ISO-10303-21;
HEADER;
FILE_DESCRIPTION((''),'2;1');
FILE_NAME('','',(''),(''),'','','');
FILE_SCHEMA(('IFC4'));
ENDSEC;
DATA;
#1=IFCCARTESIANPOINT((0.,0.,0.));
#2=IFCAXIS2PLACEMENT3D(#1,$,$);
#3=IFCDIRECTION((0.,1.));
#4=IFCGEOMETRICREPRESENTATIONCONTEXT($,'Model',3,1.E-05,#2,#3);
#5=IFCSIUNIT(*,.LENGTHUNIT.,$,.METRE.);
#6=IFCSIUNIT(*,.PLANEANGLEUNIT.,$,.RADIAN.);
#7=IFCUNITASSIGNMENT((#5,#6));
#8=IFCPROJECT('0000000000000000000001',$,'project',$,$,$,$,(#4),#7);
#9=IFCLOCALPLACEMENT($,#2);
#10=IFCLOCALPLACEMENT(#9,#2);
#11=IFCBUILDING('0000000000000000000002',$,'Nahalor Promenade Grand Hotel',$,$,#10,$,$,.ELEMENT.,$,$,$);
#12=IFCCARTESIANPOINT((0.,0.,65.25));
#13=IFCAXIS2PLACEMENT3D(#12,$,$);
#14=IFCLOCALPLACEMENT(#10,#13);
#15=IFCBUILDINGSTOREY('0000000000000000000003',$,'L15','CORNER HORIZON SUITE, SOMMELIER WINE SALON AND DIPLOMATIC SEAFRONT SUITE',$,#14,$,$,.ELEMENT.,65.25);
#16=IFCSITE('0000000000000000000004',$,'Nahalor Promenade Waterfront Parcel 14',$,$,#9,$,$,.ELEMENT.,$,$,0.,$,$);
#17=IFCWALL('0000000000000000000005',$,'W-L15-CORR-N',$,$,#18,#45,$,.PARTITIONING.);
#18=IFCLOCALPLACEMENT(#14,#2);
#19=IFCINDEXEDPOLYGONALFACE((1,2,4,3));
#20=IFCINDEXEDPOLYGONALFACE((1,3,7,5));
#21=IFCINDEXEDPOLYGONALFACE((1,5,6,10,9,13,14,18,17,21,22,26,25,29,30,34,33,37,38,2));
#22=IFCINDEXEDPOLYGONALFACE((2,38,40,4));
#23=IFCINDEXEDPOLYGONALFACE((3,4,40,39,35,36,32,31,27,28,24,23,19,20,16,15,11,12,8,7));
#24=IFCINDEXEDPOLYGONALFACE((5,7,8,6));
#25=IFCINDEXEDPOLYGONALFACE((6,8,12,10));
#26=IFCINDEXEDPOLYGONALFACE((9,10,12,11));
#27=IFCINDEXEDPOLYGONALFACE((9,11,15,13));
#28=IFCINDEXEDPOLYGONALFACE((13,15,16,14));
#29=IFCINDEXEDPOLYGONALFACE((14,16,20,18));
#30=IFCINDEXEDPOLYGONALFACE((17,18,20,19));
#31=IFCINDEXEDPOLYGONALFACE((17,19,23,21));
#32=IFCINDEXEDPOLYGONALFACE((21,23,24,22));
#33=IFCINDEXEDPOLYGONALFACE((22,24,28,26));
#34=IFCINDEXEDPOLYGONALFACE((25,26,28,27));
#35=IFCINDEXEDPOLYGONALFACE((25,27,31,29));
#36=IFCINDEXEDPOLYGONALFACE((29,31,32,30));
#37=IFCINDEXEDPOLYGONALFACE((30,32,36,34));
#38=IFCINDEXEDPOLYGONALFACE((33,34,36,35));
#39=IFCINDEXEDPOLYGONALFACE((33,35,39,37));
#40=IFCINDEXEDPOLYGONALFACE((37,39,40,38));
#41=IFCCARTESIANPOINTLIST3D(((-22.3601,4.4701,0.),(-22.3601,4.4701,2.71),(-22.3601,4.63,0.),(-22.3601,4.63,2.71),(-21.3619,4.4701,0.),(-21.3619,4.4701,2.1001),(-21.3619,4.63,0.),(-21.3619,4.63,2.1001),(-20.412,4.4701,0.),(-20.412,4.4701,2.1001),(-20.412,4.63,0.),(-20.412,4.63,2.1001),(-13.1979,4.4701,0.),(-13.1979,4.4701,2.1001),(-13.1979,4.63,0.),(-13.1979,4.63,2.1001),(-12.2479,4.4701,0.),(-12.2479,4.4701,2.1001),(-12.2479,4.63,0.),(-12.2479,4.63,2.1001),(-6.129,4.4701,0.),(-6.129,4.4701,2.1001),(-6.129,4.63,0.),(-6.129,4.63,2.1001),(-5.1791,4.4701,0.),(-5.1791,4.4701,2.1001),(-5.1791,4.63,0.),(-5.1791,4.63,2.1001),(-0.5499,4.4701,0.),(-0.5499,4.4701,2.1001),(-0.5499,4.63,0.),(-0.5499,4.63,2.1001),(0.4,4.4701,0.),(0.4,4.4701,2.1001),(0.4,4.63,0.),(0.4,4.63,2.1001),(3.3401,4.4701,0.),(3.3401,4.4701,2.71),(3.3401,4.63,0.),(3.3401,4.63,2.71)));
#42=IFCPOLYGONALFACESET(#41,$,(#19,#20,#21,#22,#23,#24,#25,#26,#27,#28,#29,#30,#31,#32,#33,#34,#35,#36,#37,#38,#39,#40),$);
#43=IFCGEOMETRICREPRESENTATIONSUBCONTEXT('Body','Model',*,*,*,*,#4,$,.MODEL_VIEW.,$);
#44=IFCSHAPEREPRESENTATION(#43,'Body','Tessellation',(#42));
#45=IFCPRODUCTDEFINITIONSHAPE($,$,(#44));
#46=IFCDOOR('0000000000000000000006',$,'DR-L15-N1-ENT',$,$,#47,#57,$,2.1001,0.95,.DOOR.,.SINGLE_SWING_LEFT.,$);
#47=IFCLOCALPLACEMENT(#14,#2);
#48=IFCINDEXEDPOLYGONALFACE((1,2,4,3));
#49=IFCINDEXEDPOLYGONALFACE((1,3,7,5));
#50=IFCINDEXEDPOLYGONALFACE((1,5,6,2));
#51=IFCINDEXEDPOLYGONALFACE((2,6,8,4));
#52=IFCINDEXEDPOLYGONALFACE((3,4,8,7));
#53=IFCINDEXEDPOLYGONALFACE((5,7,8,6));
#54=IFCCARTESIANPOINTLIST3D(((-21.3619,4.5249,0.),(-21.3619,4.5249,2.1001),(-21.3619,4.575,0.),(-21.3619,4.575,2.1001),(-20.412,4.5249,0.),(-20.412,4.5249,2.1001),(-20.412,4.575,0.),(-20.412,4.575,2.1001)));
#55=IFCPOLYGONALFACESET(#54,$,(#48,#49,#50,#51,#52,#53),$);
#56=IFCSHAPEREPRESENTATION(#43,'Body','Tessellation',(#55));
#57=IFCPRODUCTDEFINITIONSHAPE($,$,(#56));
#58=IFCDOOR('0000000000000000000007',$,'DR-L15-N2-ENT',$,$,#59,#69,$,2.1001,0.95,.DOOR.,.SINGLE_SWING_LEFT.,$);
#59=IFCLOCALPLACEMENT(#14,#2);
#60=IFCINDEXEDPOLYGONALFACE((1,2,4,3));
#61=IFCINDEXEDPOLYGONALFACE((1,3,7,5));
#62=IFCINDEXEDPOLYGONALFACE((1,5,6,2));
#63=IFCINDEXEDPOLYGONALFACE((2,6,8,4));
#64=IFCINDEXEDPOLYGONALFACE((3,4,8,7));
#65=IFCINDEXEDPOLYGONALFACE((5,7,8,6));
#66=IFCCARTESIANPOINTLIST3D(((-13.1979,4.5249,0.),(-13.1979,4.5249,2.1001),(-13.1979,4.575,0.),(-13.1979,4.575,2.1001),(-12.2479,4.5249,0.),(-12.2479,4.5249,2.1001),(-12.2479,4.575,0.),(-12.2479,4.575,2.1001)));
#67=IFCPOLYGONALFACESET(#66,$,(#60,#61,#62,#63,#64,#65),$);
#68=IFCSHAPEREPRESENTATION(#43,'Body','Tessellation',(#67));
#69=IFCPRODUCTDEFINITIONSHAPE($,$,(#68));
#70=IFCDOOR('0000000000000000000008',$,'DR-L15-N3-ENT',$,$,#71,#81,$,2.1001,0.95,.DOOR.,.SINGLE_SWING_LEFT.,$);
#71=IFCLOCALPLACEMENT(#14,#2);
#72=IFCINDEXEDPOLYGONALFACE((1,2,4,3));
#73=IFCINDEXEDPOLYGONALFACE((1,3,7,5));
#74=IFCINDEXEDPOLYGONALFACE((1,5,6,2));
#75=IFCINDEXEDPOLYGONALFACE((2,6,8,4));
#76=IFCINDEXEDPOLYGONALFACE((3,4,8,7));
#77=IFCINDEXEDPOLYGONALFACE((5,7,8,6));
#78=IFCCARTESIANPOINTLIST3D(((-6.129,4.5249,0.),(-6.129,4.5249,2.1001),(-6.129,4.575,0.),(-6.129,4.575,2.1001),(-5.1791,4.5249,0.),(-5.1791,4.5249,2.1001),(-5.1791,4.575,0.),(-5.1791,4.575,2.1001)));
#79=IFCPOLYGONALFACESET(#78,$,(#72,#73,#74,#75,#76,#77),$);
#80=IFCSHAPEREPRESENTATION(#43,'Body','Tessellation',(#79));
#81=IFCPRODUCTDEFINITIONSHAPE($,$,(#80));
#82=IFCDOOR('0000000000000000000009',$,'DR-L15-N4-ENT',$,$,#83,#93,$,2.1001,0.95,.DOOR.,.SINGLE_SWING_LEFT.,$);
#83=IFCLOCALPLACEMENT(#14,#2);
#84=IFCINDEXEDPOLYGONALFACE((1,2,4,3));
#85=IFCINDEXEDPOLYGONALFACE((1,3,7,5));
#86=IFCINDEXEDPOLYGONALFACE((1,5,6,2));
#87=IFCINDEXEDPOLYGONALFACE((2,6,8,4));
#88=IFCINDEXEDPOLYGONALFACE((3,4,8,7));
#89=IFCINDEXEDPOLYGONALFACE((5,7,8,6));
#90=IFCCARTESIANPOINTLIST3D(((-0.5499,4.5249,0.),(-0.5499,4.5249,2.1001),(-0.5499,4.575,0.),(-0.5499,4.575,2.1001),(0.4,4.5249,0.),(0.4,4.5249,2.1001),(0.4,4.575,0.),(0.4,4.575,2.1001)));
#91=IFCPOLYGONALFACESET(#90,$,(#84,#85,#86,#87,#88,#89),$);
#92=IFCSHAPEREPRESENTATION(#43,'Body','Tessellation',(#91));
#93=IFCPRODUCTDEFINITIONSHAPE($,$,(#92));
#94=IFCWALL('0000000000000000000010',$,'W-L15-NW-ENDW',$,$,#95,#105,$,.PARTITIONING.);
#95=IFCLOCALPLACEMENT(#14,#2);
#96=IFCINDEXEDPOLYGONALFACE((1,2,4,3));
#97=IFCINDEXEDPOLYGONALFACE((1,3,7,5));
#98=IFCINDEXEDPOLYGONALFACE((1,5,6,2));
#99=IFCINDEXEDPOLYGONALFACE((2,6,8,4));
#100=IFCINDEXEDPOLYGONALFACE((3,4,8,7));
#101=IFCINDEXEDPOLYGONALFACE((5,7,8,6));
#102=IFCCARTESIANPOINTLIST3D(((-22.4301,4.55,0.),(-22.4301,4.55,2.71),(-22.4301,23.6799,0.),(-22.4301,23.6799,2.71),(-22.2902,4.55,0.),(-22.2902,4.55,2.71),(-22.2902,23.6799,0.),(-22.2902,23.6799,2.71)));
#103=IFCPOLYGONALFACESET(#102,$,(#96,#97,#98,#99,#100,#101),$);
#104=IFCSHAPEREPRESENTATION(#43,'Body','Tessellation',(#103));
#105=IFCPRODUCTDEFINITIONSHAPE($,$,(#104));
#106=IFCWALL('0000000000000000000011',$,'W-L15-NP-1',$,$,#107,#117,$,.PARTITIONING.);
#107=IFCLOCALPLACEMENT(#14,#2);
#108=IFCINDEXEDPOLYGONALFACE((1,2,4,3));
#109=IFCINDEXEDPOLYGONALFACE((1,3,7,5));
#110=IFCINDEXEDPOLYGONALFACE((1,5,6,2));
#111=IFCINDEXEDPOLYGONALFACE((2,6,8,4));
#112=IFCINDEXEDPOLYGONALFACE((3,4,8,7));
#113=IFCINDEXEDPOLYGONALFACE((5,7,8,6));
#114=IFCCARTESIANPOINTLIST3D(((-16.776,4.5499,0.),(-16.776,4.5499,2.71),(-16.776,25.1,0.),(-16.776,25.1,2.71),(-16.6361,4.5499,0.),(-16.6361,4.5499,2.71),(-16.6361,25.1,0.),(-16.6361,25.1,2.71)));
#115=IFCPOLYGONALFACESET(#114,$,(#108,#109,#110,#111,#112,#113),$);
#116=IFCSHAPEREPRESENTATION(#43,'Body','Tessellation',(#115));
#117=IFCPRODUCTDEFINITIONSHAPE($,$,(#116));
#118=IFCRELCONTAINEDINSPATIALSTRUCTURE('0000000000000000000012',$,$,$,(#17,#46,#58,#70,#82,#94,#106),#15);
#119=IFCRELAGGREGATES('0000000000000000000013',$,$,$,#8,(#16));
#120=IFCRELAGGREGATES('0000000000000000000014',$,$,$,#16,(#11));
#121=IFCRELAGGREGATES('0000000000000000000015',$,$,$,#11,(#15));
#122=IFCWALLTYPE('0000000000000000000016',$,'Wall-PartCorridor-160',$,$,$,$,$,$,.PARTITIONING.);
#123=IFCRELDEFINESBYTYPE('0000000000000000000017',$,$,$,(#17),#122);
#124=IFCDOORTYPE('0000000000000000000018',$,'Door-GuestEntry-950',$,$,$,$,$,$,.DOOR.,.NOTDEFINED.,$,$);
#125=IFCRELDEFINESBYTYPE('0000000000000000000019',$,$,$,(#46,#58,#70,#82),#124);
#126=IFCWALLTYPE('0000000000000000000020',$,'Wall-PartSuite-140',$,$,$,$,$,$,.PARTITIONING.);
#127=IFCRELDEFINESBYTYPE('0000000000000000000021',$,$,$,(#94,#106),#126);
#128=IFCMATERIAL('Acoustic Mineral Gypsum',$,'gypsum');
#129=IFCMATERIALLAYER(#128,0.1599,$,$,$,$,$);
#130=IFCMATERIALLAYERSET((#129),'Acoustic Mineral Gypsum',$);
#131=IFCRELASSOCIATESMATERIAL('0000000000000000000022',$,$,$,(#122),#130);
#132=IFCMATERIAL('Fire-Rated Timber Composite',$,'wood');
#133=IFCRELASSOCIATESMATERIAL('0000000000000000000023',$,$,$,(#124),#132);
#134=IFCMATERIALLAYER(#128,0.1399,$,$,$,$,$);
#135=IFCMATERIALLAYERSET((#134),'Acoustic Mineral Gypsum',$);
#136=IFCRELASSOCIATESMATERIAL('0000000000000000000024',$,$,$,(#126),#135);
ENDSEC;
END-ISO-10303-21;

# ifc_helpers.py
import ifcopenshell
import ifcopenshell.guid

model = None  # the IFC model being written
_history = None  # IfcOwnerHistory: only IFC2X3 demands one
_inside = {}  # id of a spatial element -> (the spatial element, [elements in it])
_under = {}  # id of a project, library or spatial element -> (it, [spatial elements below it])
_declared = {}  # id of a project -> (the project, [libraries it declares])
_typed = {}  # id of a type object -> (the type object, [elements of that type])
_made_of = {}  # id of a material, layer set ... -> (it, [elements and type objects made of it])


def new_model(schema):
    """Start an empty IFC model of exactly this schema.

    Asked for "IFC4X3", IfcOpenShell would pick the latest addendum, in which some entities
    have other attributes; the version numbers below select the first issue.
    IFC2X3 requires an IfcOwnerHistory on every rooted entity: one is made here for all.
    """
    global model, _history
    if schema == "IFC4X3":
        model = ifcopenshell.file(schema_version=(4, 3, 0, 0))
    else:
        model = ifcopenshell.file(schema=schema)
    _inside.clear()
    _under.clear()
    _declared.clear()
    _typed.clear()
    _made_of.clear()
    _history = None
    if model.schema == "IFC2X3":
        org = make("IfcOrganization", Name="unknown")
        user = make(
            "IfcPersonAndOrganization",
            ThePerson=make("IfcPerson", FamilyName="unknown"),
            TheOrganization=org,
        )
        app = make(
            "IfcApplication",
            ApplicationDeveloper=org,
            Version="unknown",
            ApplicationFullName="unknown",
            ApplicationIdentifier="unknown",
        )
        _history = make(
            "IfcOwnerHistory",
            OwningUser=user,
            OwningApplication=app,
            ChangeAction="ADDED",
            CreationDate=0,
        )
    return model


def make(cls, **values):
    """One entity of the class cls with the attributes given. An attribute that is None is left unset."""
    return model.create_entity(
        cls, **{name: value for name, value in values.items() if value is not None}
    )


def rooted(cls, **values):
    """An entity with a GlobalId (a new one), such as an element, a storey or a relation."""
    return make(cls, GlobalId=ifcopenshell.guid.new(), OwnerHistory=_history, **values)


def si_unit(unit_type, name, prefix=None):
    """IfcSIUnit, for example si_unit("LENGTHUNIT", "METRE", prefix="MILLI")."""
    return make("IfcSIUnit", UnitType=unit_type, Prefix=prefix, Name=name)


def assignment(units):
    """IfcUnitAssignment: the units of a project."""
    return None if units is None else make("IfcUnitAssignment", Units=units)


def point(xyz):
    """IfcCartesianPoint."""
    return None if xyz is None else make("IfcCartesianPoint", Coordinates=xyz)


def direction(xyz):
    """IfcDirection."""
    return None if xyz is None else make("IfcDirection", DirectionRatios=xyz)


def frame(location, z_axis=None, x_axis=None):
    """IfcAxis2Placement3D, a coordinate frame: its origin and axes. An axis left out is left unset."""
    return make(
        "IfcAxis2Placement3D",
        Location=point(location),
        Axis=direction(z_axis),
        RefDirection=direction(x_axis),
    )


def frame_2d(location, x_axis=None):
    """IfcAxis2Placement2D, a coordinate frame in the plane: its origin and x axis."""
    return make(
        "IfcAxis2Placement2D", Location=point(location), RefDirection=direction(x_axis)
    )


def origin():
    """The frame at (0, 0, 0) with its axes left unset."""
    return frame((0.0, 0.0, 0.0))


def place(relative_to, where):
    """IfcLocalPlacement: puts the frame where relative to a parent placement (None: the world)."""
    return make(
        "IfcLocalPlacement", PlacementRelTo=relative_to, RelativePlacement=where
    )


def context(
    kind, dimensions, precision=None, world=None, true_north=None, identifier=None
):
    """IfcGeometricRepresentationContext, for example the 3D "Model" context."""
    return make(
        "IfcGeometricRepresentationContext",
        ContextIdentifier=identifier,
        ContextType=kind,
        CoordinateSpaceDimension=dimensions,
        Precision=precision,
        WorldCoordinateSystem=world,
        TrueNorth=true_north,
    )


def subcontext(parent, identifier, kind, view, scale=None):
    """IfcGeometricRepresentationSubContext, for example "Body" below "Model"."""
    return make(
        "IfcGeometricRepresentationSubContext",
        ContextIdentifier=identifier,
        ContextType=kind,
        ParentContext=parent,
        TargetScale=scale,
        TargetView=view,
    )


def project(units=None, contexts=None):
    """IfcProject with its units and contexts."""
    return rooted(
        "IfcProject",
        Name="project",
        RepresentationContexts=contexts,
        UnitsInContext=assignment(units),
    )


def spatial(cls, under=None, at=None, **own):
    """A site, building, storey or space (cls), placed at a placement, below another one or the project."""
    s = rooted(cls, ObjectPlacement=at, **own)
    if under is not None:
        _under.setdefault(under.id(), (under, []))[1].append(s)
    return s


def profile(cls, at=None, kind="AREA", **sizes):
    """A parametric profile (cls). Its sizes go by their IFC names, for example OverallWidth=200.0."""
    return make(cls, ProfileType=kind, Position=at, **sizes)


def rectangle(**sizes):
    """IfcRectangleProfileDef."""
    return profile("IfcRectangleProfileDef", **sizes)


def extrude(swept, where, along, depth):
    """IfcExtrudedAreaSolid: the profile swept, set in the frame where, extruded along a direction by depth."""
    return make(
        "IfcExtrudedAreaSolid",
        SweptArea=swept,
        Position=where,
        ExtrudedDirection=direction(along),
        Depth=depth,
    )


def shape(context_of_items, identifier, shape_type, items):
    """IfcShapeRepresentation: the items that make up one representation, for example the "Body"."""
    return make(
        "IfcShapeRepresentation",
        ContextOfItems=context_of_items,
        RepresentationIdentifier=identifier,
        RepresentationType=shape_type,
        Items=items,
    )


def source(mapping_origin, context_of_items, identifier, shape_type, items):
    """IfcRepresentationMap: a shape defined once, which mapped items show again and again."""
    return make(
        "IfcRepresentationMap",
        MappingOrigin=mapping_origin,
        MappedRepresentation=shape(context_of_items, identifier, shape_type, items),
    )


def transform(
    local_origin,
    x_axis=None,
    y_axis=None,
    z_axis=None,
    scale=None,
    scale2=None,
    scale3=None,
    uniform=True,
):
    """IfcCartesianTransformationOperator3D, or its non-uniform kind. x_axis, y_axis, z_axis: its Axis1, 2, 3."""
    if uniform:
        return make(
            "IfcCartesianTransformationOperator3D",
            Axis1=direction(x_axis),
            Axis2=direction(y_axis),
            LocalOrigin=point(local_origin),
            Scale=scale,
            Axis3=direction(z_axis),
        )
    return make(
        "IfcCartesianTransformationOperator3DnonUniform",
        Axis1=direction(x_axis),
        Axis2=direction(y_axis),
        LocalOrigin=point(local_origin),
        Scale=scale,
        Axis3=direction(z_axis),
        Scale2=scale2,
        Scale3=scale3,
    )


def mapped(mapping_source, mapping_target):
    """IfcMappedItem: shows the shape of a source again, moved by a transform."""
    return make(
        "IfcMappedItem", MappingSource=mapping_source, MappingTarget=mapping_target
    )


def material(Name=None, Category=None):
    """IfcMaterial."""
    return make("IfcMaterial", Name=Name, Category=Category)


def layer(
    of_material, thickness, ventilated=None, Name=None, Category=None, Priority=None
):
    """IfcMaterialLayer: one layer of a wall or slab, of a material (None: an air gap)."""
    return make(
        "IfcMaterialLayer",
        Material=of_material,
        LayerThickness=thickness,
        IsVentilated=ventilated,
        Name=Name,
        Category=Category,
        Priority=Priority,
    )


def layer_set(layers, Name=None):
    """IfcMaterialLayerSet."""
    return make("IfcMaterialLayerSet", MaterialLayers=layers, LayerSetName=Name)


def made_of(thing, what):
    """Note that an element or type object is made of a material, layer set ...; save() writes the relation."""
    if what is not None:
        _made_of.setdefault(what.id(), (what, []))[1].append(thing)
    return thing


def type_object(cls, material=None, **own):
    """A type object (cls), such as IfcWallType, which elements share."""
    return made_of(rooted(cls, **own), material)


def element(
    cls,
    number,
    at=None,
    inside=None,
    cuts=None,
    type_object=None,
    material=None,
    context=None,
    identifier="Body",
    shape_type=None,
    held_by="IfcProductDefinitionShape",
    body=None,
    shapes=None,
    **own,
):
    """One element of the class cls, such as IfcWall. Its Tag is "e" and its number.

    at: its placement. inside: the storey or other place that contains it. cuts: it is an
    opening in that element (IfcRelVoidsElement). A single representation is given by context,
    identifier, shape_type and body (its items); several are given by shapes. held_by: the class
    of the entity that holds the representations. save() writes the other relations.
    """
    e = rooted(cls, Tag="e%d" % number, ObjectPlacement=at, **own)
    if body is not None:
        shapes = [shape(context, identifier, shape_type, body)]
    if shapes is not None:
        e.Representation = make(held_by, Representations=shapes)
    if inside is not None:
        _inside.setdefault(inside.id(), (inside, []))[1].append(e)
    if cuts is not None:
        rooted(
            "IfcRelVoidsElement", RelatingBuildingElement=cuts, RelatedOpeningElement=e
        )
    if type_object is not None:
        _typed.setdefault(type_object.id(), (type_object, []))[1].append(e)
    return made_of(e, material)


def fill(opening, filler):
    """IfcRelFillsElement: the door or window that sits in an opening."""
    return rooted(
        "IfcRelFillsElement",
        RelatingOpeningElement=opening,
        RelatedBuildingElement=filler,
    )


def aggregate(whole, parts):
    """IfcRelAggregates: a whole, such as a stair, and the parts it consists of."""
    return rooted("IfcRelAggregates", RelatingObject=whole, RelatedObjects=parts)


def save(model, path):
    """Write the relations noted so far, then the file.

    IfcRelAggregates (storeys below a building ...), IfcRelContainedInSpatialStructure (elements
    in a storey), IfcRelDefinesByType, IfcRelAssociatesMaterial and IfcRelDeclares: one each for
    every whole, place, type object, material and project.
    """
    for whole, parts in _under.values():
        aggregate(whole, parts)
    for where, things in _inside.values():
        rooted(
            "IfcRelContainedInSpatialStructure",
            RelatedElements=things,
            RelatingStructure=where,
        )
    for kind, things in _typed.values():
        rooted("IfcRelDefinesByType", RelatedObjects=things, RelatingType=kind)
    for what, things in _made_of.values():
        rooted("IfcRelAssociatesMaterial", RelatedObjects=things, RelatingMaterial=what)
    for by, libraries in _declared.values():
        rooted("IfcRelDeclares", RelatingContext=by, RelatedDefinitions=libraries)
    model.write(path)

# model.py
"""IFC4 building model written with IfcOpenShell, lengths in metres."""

from ifc_helpers import new_model, si_unit, direction, frame, frame_2d, origin, place, context, subcontext, project, spatial, rectangle, extrude, source, transform, mapped, material, layer, layer_set, type_object, element, fill, save


model = new_model("IFC4")

# Units and contexts
model_context = context("Model", 3, precision=1e-05, world=origin(), true_north=direction((0.0, 1.0)))
body_context = subcontext(model_context, "Body", "Model", "MODEL_VIEW")
ifc_project = project(units=[si_unit("LENGTHUNIT", "METRE"), si_unit("PLANEANGLEUNIT", "RADIAN")], contexts=[model_context])

# Site, building, storey
site_placement = place(None, origin())
site = spatial("IfcSite", under=ifc_project, at=site_placement, Name="Nahalor Promenade Waterfront Parcel 14", CompositionType="ELEMENT", RefElevation=0.0)
building_placement = place(site_placement, origin())
building = spatial("IfcBuilding", under=site, at=building_placement, Name="Nahalor Promenade Grand Hotel", CompositionType="ELEMENT")
storey_placement = place(building_placement, frame((0.0, 0.0, 65.25)))
storey = spatial("IfcBuildingStorey", under=building, at=storey_placement, Name="L15", Description="CORNER HORIZON SUITE, SOMMELIER WINE SALON AND DIPLOMATIC SEAFRONT SUITE", CompositionType="ELEMENT", Elevation=65.25)

# Wall, openings, doors
ifc_material_1 = material(Name="Acoustic Mineral Gypsum", Category="gypsum")
ifc_layer_1 = layer(ifc_material_1, 0.1599)
ifc_layer_set_1 = layer_set([ifc_layer_1], Name="Acoustic Mineral Gypsum")
wall_type_1 = type_object("IfcWallType", Name="Wall-PartCorridor-160", PredefinedType="PARTITIONING", material=ifc_layer_set_1)
shared_shape_1 = source(origin(), body_context, "Body", "SweptSolid", [
    extrude(rectangle(XDim=25.7002, YDim=0.1599, at=frame_2d((12.8501, 0.0))), origin(), (0.0, 0.0, 1.0), 2.71),
])
wall_1_placement = place(storey_placement, frame((-22.3601, 4.55, 0.0), z_axis=(0.0, 0.0, 1.0), x_axis=(1.0, 0.0, 0.0)))
wall_1 = element("IfcWall", 1, at=wall_1_placement, inside=storey, type_object=wall_type_1, Name="W-L15-CORR-N", PredefinedType="PARTITIONING", context=body_context, shape_type="MappedRepresentation", body=[
    mapped(shared_shape_1, transform((0.0, 0.0, 0.0), scale=1.0)),
])
opening_1_placement = place(wall_1_placement, frame((0.998, 0.0, 0.0)))
opening_1 = element("IfcOpeningElement", 2, at=opening_1_placement, cuts=wall_1, PredefinedType="OPENING", context=body_context, shape_type="SweptSolid", body=[
    extrude(rectangle(XDim=0.95, YDim=2.1001, at=frame_2d((0.4751, 1.05))), frame((0.0, 0.0898, 0.0), z_axis=(0.0, -1.0, 0.0), x_axis=(1.0, 0.0, 0.0)), (0.0, 0.0, 1.0), 0.1799),
])
opening_2_placement = place(wall_1_placement, frame((9.1621, 0.0, 0.0)))
opening_2 = element("IfcOpeningElement", 3, at=opening_2_placement, cuts=wall_1, PredefinedType="OPENING", context=body_context, shape_type="SweptSolid", body=[
    extrude(rectangle(XDim=0.95, YDim=2.1001, at=frame_2d((0.4751, 1.05))), frame((0.0, 0.0898, 0.0), z_axis=(0.0, -1.0, 0.0), x_axis=(1.0, 0.0, 0.0)), (0.0, 0.0, 1.0), 0.1799),
])
opening_3_placement = place(wall_1_placement, frame((16.231, 0.0, 0.0)))
opening_3 = element("IfcOpeningElement", 4, at=opening_3_placement, cuts=wall_1, PredefinedType="OPENING", context=body_context, shape_type="SweptSolid", body=[
    extrude(rectangle(XDim=0.95, YDim=2.1001, at=frame_2d((0.4751, 1.05))), frame((0.0, 0.0898, 0.0), z_axis=(0.0, -1.0, 0.0), x_axis=(1.0, 0.0, 0.0)), (0.0, 0.0, 1.0), 0.1799),
])
opening_4_placement = place(wall_1_placement, frame((21.8101, 0.0, 0.0)))
opening_4 = element("IfcOpeningElement", 5, at=opening_4_placement, cuts=wall_1, PredefinedType="OPENING", context=body_context, shape_type="SweptSolid", body=[
    extrude(rectangle(XDim=0.95, YDim=2.1001, at=frame_2d((0.4751, 1.05))), frame((0.0, 0.0898, 0.0), z_axis=(0.0, -1.0, 0.0), x_axis=(1.0, 0.0, 0.0)), (0.0, 0.0, 1.0), 0.1799),
])
ifc_material_2 = material(Name="Fire-Rated Timber Composite", Category="wood")
door_type = type_object("IfcDoorType", Name="Door-GuestEntry-950", OperationType="NOTDEFINED", PredefinedType="DOOR", material=ifc_material_2)
shared_shape_2 = source(origin(), body_context, "Body", "SweptSolid", [
    extrude(rectangle(XDim=0.95, YDim=2.1001, at=frame_2d((0.4751, 1.05))), frame((0.0, 0.0249, 0.0), z_axis=(0.0, -1.0, 0.0), x_axis=(1.0, 0.0, 0.0)), (0.0, 0.0, 1.0), 0.05),
])
door_1_placement = place(opening_1_placement, origin())
door_1 = element("IfcDoor", 6, at=door_1_placement, inside=storey, type_object=door_type, Name="DR-L15-N1-ENT", OperationType="SINGLE_SWING_LEFT", OverallHeight=2.1001, OverallWidth=0.95, PredefinedType="DOOR", context=body_context, shape_type="MappedRepresentation", body=[
    mapped(shared_shape_2, transform((0.0, 0.0, 0.0), scale=1.0)),
])
fill(opening_1, door_1)
door_2_placement = place(opening_2_placement, origin())
door_2 = element("IfcDoor", 7, at=door_2_placement, inside=storey, type_object=door_type, Name="DR-L15-N2-ENT", OperationType="SINGLE_SWING_LEFT", OverallHeight=2.1001, OverallWidth=0.95, PredefinedType="DOOR", context=body_context, shape_type="MappedRepresentation", body=[
    mapped(shared_shape_2, transform((0.0, 0.0, 0.0), scale=1.0)),
])
fill(opening_2, door_2)
door_3_placement = place(opening_3_placement, origin())
door_3 = element("IfcDoor", 8, at=door_3_placement, inside=storey, type_object=door_type, Name="DR-L15-N3-ENT", OperationType="SINGLE_SWING_LEFT", OverallHeight=2.1001, OverallWidth=0.95, PredefinedType="DOOR", context=body_context, shape_type="MappedRepresentation", body=[
    mapped(shared_shape_2, transform((0.0, 0.0, 0.0), scale=1.0)),
])
fill(opening_3, door_3)
door_4_placement = place(opening_4_placement, origin())
door_4 = element("IfcDoor", 9, at=door_4_placement, inside=storey, type_object=door_type, Name="DR-L15-N4-ENT", OperationType="SINGLE_SWING_LEFT", OverallHeight=2.1001, OverallWidth=0.95, PredefinedType="DOOR", context=body_context, shape_type="MappedRepresentation", body=[
    mapped(shared_shape_2, transform((0.0, 0.0, 0.0), scale=1.0)),
])
fill(opening_4, door_4)

# Walls
ifc_layer_2 = layer(ifc_material_1, 0.1399)
ifc_layer_set_2 = layer_set([ifc_layer_2], Name="Acoustic Mineral Gypsum")
wall_type_2 = type_object("IfcWallType", Name="Wall-PartSuite-140", PredefinedType="PARTITIONING", material=ifc_layer_set_2)
shared_shape_3 = source(origin(), body_context, "Body", "SweptSolid", [
    extrude(rectangle(XDim=19.1299, YDim=0.1399, at=frame_2d((9.5649, 0.0))), origin(), (0.0, 0.0, 1.0), 2.71),
])
wall_2_placement = place(storey_placement, frame((-22.3601, 4.55, 0.0), z_axis=(0.0, 0.0, 1.0), x_axis=(0.0, 1.0, 0.0)))
element("IfcWall", 10, at=wall_2_placement, inside=storey, type_object=wall_type_2, Name="W-L15-NW-ENDW", PredefinedType="PARTITIONING", context=body_context, shape_type="MappedRepresentation", body=[
    mapped(shared_shape_3, transform((0.0, 0.0, 0.0), scale=1.0)),
])
shared_shape_4 = source(origin(), body_context, "Body", "SweptSolid", [
    extrude(rectangle(XDim=20.55, YDim=0.1399, at=frame_2d((10.2749, 0.0))), origin(), (0.0, 0.0, 1.0), 2.71),
])
wall_3_placement = place(storey_placement, frame((-16.7061, 4.55, 0.0), z_axis=(0.0, 0.0, 1.0), x_axis=(0.0, 1.0, 0.0)))
element("IfcWall", 11, at=wall_3_placement, inside=storey, type_object=wall_type_2, Name="W-L15-NP-1", PredefinedType="PARTITIONING", context=body_context, shape_type="MappedRepresentation", body=[
    mapped(shared_shape_4, transform((0.0, 0.0, 0.0), scale=1.0)),
])

save(model, "model.ifc")
